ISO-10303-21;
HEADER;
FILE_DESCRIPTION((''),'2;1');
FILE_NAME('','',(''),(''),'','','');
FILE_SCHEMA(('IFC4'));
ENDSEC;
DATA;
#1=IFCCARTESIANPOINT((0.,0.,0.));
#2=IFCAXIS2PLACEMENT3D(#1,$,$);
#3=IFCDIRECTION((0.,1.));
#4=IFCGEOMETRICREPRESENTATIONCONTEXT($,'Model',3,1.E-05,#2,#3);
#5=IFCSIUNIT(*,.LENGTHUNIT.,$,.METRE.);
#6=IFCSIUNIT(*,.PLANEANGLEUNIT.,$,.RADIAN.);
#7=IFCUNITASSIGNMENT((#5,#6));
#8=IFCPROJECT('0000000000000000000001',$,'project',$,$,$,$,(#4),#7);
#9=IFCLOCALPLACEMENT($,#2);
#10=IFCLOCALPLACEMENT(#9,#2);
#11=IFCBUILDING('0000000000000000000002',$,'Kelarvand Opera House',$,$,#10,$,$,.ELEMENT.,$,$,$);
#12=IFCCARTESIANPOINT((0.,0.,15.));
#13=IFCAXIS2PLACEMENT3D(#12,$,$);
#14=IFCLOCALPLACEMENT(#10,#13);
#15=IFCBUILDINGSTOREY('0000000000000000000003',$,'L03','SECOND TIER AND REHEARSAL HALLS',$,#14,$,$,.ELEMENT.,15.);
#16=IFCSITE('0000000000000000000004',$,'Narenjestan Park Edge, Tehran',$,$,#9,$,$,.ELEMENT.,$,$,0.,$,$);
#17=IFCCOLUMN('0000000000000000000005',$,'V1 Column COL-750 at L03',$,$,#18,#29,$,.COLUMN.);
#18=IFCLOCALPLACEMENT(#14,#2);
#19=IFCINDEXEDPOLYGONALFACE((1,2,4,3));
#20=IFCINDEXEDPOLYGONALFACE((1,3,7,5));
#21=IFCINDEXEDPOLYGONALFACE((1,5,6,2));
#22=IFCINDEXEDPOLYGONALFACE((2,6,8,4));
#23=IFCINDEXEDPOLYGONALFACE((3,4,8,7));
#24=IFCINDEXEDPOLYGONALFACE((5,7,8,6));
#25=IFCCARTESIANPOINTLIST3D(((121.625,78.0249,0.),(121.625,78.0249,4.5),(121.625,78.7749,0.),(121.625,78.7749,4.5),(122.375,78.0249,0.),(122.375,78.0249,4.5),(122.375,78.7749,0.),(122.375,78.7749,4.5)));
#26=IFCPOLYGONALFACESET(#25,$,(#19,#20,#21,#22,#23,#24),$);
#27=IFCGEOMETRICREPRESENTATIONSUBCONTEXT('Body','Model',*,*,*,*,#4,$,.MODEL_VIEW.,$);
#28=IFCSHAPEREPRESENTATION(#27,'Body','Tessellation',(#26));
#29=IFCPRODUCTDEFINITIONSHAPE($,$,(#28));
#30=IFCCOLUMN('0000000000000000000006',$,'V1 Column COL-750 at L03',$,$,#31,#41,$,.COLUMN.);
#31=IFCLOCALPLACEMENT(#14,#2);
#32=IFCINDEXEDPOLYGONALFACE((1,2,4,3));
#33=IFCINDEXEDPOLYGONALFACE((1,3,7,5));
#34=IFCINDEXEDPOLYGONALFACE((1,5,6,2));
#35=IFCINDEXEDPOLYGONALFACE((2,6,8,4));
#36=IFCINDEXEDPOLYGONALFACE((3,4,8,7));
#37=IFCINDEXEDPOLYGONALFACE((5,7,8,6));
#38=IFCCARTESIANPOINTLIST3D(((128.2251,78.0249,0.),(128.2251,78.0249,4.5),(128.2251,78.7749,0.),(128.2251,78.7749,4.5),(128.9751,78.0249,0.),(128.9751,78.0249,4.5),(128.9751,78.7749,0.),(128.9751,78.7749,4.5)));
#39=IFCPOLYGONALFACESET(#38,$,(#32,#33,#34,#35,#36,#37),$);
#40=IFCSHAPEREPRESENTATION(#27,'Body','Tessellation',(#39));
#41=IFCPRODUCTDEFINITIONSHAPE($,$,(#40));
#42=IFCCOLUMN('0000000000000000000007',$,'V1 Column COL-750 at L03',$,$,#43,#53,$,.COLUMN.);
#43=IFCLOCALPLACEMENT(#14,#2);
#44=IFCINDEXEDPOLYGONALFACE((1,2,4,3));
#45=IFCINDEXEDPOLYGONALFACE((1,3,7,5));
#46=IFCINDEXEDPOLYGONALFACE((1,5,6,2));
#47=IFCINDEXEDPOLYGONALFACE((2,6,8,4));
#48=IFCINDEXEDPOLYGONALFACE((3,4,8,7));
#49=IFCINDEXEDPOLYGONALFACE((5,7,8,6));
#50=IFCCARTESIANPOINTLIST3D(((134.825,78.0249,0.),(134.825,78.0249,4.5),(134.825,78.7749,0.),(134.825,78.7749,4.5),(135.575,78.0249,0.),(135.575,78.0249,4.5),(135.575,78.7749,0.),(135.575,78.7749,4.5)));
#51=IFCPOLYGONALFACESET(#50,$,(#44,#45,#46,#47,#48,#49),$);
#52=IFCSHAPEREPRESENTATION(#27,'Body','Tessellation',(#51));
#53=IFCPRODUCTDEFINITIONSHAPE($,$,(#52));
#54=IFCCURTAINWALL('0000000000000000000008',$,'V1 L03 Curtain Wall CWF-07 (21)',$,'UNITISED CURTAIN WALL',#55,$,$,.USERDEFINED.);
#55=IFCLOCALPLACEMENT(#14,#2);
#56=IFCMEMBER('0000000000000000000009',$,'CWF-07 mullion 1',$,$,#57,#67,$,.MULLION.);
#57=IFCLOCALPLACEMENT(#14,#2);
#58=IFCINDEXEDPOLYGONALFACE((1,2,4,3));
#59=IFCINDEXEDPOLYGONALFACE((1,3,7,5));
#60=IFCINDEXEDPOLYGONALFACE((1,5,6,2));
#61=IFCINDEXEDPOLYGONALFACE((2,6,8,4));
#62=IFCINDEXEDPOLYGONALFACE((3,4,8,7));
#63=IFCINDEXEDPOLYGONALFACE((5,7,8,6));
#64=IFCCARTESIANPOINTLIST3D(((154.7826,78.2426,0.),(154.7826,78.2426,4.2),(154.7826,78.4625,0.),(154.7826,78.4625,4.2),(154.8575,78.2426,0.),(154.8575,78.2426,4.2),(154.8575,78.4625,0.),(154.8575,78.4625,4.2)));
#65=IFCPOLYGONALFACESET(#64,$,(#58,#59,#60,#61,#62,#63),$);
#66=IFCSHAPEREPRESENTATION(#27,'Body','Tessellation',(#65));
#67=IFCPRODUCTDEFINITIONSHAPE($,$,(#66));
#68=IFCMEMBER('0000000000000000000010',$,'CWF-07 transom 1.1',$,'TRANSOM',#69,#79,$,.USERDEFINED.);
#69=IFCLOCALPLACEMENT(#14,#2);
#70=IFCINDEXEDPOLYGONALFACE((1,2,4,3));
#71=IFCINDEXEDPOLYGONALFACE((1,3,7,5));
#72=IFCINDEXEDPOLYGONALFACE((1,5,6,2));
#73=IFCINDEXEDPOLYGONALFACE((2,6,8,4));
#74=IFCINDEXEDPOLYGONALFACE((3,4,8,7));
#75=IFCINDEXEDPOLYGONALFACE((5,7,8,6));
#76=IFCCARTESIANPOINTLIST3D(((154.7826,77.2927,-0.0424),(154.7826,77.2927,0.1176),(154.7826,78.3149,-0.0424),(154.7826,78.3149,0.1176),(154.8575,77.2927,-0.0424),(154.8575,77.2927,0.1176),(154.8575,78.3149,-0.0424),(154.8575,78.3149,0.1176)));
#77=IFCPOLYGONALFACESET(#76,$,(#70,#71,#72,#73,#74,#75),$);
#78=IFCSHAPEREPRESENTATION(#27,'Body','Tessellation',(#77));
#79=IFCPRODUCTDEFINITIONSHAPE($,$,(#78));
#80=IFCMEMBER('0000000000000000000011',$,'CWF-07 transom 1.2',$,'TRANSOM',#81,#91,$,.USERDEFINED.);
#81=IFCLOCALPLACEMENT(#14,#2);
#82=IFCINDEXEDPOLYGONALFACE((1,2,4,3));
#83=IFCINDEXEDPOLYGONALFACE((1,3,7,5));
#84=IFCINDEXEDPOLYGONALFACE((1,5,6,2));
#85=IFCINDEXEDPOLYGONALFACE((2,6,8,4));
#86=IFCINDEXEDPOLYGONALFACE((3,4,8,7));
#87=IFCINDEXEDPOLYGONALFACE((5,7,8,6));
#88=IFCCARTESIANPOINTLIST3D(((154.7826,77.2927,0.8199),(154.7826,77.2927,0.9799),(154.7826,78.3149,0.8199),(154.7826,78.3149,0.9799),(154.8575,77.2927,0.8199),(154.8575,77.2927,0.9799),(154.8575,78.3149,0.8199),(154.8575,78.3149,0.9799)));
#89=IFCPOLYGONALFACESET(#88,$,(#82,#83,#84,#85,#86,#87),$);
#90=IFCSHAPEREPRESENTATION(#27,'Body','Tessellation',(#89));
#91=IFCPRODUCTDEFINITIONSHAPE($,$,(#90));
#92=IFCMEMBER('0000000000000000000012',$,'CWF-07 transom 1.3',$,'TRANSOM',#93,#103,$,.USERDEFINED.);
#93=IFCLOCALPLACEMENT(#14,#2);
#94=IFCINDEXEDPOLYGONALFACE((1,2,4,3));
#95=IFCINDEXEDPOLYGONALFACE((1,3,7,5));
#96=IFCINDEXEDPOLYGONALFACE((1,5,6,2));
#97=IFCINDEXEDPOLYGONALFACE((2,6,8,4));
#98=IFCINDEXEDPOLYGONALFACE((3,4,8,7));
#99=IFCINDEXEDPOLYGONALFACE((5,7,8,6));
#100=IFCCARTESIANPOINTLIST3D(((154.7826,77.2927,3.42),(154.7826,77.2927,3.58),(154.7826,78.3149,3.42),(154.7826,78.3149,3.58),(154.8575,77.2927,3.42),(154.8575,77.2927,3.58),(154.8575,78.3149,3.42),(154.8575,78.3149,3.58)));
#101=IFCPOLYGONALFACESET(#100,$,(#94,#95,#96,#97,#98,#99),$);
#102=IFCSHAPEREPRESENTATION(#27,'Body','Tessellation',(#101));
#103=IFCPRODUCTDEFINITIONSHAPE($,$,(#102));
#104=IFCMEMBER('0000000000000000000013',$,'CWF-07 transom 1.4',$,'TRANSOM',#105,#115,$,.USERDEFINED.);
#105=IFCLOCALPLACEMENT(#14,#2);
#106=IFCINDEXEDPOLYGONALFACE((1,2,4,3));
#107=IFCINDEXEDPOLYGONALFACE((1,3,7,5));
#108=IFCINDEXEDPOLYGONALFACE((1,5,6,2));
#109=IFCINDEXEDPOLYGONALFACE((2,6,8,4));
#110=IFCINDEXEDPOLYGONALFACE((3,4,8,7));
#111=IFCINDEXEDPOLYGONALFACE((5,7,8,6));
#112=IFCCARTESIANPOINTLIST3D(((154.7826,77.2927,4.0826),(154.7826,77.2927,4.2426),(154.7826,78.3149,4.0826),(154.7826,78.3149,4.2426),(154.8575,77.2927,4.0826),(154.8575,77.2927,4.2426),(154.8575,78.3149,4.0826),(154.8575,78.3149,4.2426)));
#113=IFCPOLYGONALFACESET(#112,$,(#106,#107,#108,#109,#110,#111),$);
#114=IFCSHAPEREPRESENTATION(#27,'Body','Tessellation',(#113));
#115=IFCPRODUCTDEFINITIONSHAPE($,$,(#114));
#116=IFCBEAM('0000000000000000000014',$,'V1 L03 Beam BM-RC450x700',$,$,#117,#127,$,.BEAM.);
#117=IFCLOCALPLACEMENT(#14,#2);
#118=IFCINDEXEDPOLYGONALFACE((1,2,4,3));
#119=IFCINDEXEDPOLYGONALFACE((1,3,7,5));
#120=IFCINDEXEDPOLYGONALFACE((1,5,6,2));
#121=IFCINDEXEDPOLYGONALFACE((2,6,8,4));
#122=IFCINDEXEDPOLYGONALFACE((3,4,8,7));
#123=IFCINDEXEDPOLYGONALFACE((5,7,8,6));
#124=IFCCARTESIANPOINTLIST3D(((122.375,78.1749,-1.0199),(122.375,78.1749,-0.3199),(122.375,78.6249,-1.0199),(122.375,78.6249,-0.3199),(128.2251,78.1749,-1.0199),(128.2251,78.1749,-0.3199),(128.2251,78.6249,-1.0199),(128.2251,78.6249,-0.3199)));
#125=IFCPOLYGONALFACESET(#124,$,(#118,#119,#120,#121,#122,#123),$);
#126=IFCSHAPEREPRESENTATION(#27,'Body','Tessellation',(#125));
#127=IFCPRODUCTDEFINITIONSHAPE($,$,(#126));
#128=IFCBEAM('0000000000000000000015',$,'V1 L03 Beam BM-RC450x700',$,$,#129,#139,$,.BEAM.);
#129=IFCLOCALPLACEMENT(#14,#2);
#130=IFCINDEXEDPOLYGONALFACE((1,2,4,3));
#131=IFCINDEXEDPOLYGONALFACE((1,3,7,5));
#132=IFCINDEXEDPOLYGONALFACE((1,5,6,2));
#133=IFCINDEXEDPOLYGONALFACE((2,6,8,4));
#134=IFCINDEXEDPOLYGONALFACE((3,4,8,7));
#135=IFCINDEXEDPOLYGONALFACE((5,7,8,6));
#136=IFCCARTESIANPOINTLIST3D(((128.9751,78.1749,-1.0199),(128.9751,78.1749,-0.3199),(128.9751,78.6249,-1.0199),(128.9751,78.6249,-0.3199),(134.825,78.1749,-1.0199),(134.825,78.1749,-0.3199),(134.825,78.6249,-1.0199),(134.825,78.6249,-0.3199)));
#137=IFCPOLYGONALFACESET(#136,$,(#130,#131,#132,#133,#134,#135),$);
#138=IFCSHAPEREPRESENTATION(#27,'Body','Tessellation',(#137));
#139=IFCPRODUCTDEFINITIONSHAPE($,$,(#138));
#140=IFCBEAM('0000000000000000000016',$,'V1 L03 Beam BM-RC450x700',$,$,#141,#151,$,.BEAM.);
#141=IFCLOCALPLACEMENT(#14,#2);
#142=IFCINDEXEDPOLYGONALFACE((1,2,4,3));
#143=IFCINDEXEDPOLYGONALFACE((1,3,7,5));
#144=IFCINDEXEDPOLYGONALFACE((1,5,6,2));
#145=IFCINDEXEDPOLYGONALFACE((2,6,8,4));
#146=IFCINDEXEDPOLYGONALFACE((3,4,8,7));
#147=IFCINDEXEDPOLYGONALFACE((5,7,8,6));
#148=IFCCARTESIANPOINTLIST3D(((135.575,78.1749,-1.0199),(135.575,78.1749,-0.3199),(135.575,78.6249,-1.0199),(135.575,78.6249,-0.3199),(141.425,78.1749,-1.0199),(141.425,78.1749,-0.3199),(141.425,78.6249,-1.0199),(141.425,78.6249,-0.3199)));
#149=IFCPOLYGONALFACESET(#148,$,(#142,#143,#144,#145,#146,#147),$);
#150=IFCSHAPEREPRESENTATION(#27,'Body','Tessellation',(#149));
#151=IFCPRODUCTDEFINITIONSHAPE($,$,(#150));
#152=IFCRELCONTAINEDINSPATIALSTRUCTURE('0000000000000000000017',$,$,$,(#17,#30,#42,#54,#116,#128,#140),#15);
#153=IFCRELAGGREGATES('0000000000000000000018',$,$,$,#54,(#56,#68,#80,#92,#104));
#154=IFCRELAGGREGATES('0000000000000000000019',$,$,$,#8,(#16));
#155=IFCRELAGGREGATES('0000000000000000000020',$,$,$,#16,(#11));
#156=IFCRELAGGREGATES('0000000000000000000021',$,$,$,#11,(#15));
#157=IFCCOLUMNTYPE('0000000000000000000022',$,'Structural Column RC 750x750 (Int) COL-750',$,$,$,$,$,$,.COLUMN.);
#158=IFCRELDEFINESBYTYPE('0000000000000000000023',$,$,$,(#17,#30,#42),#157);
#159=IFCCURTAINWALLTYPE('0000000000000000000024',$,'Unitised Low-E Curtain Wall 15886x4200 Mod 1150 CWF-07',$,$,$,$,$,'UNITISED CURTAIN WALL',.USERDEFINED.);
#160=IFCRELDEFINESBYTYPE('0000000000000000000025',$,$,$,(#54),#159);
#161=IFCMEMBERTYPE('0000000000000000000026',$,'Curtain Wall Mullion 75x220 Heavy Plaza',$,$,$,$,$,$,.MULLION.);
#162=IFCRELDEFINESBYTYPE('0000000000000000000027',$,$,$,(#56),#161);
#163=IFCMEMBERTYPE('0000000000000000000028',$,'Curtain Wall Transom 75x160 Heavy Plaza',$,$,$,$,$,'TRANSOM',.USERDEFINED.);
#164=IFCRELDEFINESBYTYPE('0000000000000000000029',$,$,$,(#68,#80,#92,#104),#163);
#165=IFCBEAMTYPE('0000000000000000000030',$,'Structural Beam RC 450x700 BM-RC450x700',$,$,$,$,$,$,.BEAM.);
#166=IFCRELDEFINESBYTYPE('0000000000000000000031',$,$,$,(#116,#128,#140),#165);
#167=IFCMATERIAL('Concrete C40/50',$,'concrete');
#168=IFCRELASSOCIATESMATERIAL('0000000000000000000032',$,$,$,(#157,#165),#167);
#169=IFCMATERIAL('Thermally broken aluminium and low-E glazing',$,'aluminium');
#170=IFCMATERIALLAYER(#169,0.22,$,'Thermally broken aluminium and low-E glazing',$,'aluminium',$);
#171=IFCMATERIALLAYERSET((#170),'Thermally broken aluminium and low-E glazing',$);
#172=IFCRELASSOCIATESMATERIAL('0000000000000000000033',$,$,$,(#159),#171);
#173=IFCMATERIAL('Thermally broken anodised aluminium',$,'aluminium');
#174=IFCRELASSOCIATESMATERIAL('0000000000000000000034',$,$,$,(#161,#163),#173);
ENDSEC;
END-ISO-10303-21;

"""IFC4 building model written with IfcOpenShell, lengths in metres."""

from ifc_helpers import new_model, si_unit, direction, frame, origin, origin_2d, place, context, subcontext, project, spatial, rectangle, extrude, material, layer, layer_set, material_profile, profile_set, type_object, element, aggregate, save


model = new_model("IFC4")

# Units and contexts
model_context = context("Model", 3, precision=1e-05, world=origin(), true_north=direction((0.0, 1.0)))
body_context = subcontext(model_context, "Body", "Model", "MODEL_VIEW")
ifc_project = project(units=[si_unit("LENGTHUNIT", "METRE"), si_unit("PLANEANGLEUNIT", "RADIAN")], contexts=[model_context])

# Site, building, storey
site_placement = place(None, origin())
site = spatial("IfcSite", under=ifc_project, at=site_placement, Name="Narenjestan Park Edge, Tehran", CompositionType="ELEMENT", RefElevation=0.0)
building_placement = place(site_placement, origin())
building = spatial("IfcBuilding", under=site, at=building_placement, Name="Kelarvand Opera House", CompositionType="ELEMENT")
storey_placement = place(building_placement, frame((0.0, 0.0, 15.0)))
storey = spatial("IfcBuildingStorey", under=building, at=storey_placement, Name="L03", Description="SECOND TIER AND REHEARSAL HALLS", CompositionType="ELEMENT", Elevation=15.0)

# Columns
ifc_material_1 = material(Name="Concrete C40/50", Category="concrete")
ifc_material_profile_1 = material_profile(ifc_material_1, rectangle(XDim=0.75, YDim=0.75, at=origin_2d()), Name="RC 750x750", Category="concrete")
ifc_profile_set_1 = profile_set([ifc_material_profile_1], Name="Concrete C40/50")
column_type = type_object("IfcColumnType", Name="Structural Column RC 750x750 (Int) COL-750", PredefinedType="COLUMN", material=ifc_profile_set_1)
for number, where, z_axis, x_axis, name in (
    (1, (122.0, 78.3999, 0.0), (0.0, 0.0, 1.0), (1.0, 0.0, 0.0), "V1 Column COL-750 at L03"),
    (2, (128.6001, 78.3999, 0.0), (0.0, 0.0, 1.0), (1.0, 0.0, 0.0), "V1 Column COL-750 at L03"),
    (3, (135.2, 78.3999, 0.0), (0.0, 0.0, 1.0), (1.0, 0.0, 0.0), "V1 Column COL-750 at L03"),
):
    element("IfcColumn", number, at=place(storey_placement, frame(where, z_axis=z_axis, x_axis=x_axis)), inside=storey, type_object=column_type, Name=name, PredefinedType="COLUMN", context=body_context, shape_type="SweptSolid", body=[
        extrude(rectangle(XDim=0.75, YDim=0.75, at=origin_2d()), origin(), (0.0, 0.0, 1.0), 4.5),
    ])

# Curtain wall, members
ifc_material_2 = material(Name="Thermally broken aluminium and low-E glazing", Category="aluminium")
ifc_layer_1 = layer(ifc_material_2, 0.22, Name="Thermally broken aluminium and low-E glazing", Category="aluminium")
ifc_layer_set_1 = layer_set([ifc_layer_1], Name="Thermally broken aluminium and low-E glazing")
curtain_wall_type = type_object("IfcCurtainWallType", Name="Unitised Low-E Curtain Wall 15886x4200 Mod 1150 CWF-07", ElementType="UNITISED CURTAIN WALL", PredefinedType="USERDEFINED", material=ifc_layer_set_1)
curtain_wall_placement = place(storey_placement, origin())
curtain_wall = element("IfcCurtainWall", 4, at=curtain_wall_placement, inside=storey, type_object=curtain_wall_type, Name="V1 L03 Curtain Wall CWF-07 (21)", ObjectType="UNITISED CURTAIN WALL", PredefinedType="USERDEFINED")
ifc_material_3 = material(Name="Thermally broken anodised aluminium", Category="aluminium")
ifc_material_profile_2 = material_profile(ifc_material_3, rectangle(XDim=0.075, YDim=0.22, at=origin_2d()), Name="ALU MULLION 75x220", Category="aluminium")
ifc_profile_set_2 = profile_set([ifc_material_profile_2], Name="Thermally broken anodised aluminium")
member_type_1 = type_object("IfcMemberType", Name="Curtain Wall Mullion 75x220 Heavy Plaza", PredefinedType="MULLION", material=ifc_profile_set_2)
member_1_placement = place(storey_placement, frame((154.8201, 78.3525, 0.0), z_axis=(0.0, 0.0, 1.0), x_axis=(1.0, 0.0, 0.0)))
member_1 = element("IfcMember", 5, at=member_1_placement, type_object=member_type_1, Name="CWF-07 mullion 1", PredefinedType="MULLION", context=body_context, shape_type="SweptSolid", body=[
    extrude(rectangle(XDim=0.075, YDim=0.22, at=origin_2d()), origin(), (0.0, 0.0, 1.0), 4.2),
])
ifc_material_profile_3 = material_profile(ifc_material_3, rectangle(XDim=0.075, YDim=0.1599, at=origin_2d()), Name="ALU TRANSOM 75x160", Category="aluminium")
ifc_profile_set_3 = profile_set([ifc_material_profile_3], Name="Thermally broken anodised aluminium")
member_type_2 = type_object("IfcMemberType", Name="Curtain Wall Transom 75x160 Heavy Plaza", ElementType="TRANSOM", PredefinedType="USERDEFINED", material=ifc_profile_set_3)
member_2_placement = place(storey_placement, frame((154.8201, 78.3149, 0.0376), z_axis=(0.0, -1.0, 0.0), x_axis=(1.0, 0.0, 0.0)))
member_2 = element("IfcMember", 6, at=member_2_placement, type_object=member_type_2, Name="CWF-07 transom 1.1", ObjectType="TRANSOM", PredefinedType="USERDEFINED", context=body_context, shape_type="SweptSolid", body=[
    extrude(rectangle(XDim=0.075, YDim=0.1599, at=origin_2d()), origin(), (0.0, 0.0, 1.0), 1.0222),
])
member_3_placement = place(storey_placement, frame((154.8201, 78.3149, 0.8999), z_axis=(0.0, -1.0, 0.0), x_axis=(1.0, 0.0, 0.0)))
member_3 = element("IfcMember", 7, at=member_3_placement, type_object=member_type_2, Name="CWF-07 transom 1.2", ObjectType="TRANSOM", PredefinedType="USERDEFINED", context=body_context, shape_type="SweptSolid", body=[
    extrude(rectangle(XDim=0.075, YDim=0.1599, at=origin_2d()), origin(), (0.0, 0.0, 1.0), 1.0222),
])
member_4_placement = place(storey_placement, frame((154.8201, 78.3149, 3.5), z_axis=(0.0, -1.0, 0.0), x_axis=(1.0, 0.0, 0.0)))
member_4 = element("IfcMember", 8, at=member_4_placement, type_object=member_type_2, Name="CWF-07 transom 1.3", ObjectType="TRANSOM", PredefinedType="USERDEFINED", context=body_context, shape_type="SweptSolid", body=[
    extrude(rectangle(XDim=0.075, YDim=0.1599, at=origin_2d()), origin(), (0.0, 0.0, 1.0), 1.0222),
])
member_5_placement = place(storey_placement, frame((154.8201, 78.3149, 4.1626), z_axis=(0.0, -1.0, 0.0), x_axis=(1.0, 0.0, 0.0)))
member_5 = element("IfcMember", 9, at=member_5_placement, type_object=member_type_2, Name="CWF-07 transom 1.4", ObjectType="TRANSOM", PredefinedType="USERDEFINED", context=body_context, shape_type="SweptSolid", body=[
    extrude(rectangle(XDim=0.075, YDim=0.1599, at=origin_2d()), origin(), (0.0, 0.0, 1.0), 1.0222),
])

# Beams
ifc_material_profile_4 = material_profile(ifc_material_1, rectangle(XDim=0.45, YDim=0.7, at=origin_2d()), Name="RC 450x700", Category="concrete")
ifc_profile_set_4 = profile_set([ifc_material_profile_4], Name="Concrete C40/50")
beam_type = type_object("IfcBeamType", Name="Structural Beam RC 450x700 BM-RC450x700", PredefinedType="BEAM", material=ifc_profile_set_4)
beam_1_placement = place(storey_placement, frame((122.375, 78.3999, -0.6699), z_axis=(1.0, 0.0, 0.0), x_axis=(0.0, 1.0, 0.0)))
element("IfcBeam", 10, at=beam_1_placement, inside=storey, type_object=beam_type, Name="V1 L03 Beam BM-RC450x700", PredefinedType="BEAM", context=body_context, shape_type="SweptSolid", body=[
    extrude(rectangle(XDim=0.45, YDim=0.7, at=origin_2d()), origin(), (0.0, 0.0, 1.0), 5.8501),
])
beam_2_placement = place(storey_placement, frame((128.9751, 78.3999, -0.6699), z_axis=(1.0, 0.0, 0.0), x_axis=(0.0, 1.0, 0.0)))
element("IfcBeam", 11, at=beam_2_placement, inside=storey, type_object=beam_type, Name="V1 L03 Beam BM-RC450x700", PredefinedType="BEAM", context=body_context, shape_type="SweptSolid", body=[
    extrude(rectangle(XDim=0.45, YDim=0.7, at=origin_2d()), origin(), (0.0, 0.0, 1.0), 5.8499),
])
beam_3_placement = place(storey_placement, frame((135.575, 78.3999, -0.6699), z_axis=(1.0, 0.0, 0.0), x_axis=(0.0, 1.0, 0.0)))
element("IfcBeam", 12, at=beam_3_placement, inside=storey, type_object=beam_type, Name="V1 L03 Beam BM-RC450x700", PredefinedType="BEAM", context=body_context, shape_type="SweptSolid", body=[
    extrude(rectangle(XDim=0.45, YDim=0.7, at=origin_2d()), origin(), (0.0, 0.0, 1.0), 5.8501),
])

aggregate(curtain_wall, [member_1, member_2, member_3, member_4, member_5])

save(model, "model.ifc")
